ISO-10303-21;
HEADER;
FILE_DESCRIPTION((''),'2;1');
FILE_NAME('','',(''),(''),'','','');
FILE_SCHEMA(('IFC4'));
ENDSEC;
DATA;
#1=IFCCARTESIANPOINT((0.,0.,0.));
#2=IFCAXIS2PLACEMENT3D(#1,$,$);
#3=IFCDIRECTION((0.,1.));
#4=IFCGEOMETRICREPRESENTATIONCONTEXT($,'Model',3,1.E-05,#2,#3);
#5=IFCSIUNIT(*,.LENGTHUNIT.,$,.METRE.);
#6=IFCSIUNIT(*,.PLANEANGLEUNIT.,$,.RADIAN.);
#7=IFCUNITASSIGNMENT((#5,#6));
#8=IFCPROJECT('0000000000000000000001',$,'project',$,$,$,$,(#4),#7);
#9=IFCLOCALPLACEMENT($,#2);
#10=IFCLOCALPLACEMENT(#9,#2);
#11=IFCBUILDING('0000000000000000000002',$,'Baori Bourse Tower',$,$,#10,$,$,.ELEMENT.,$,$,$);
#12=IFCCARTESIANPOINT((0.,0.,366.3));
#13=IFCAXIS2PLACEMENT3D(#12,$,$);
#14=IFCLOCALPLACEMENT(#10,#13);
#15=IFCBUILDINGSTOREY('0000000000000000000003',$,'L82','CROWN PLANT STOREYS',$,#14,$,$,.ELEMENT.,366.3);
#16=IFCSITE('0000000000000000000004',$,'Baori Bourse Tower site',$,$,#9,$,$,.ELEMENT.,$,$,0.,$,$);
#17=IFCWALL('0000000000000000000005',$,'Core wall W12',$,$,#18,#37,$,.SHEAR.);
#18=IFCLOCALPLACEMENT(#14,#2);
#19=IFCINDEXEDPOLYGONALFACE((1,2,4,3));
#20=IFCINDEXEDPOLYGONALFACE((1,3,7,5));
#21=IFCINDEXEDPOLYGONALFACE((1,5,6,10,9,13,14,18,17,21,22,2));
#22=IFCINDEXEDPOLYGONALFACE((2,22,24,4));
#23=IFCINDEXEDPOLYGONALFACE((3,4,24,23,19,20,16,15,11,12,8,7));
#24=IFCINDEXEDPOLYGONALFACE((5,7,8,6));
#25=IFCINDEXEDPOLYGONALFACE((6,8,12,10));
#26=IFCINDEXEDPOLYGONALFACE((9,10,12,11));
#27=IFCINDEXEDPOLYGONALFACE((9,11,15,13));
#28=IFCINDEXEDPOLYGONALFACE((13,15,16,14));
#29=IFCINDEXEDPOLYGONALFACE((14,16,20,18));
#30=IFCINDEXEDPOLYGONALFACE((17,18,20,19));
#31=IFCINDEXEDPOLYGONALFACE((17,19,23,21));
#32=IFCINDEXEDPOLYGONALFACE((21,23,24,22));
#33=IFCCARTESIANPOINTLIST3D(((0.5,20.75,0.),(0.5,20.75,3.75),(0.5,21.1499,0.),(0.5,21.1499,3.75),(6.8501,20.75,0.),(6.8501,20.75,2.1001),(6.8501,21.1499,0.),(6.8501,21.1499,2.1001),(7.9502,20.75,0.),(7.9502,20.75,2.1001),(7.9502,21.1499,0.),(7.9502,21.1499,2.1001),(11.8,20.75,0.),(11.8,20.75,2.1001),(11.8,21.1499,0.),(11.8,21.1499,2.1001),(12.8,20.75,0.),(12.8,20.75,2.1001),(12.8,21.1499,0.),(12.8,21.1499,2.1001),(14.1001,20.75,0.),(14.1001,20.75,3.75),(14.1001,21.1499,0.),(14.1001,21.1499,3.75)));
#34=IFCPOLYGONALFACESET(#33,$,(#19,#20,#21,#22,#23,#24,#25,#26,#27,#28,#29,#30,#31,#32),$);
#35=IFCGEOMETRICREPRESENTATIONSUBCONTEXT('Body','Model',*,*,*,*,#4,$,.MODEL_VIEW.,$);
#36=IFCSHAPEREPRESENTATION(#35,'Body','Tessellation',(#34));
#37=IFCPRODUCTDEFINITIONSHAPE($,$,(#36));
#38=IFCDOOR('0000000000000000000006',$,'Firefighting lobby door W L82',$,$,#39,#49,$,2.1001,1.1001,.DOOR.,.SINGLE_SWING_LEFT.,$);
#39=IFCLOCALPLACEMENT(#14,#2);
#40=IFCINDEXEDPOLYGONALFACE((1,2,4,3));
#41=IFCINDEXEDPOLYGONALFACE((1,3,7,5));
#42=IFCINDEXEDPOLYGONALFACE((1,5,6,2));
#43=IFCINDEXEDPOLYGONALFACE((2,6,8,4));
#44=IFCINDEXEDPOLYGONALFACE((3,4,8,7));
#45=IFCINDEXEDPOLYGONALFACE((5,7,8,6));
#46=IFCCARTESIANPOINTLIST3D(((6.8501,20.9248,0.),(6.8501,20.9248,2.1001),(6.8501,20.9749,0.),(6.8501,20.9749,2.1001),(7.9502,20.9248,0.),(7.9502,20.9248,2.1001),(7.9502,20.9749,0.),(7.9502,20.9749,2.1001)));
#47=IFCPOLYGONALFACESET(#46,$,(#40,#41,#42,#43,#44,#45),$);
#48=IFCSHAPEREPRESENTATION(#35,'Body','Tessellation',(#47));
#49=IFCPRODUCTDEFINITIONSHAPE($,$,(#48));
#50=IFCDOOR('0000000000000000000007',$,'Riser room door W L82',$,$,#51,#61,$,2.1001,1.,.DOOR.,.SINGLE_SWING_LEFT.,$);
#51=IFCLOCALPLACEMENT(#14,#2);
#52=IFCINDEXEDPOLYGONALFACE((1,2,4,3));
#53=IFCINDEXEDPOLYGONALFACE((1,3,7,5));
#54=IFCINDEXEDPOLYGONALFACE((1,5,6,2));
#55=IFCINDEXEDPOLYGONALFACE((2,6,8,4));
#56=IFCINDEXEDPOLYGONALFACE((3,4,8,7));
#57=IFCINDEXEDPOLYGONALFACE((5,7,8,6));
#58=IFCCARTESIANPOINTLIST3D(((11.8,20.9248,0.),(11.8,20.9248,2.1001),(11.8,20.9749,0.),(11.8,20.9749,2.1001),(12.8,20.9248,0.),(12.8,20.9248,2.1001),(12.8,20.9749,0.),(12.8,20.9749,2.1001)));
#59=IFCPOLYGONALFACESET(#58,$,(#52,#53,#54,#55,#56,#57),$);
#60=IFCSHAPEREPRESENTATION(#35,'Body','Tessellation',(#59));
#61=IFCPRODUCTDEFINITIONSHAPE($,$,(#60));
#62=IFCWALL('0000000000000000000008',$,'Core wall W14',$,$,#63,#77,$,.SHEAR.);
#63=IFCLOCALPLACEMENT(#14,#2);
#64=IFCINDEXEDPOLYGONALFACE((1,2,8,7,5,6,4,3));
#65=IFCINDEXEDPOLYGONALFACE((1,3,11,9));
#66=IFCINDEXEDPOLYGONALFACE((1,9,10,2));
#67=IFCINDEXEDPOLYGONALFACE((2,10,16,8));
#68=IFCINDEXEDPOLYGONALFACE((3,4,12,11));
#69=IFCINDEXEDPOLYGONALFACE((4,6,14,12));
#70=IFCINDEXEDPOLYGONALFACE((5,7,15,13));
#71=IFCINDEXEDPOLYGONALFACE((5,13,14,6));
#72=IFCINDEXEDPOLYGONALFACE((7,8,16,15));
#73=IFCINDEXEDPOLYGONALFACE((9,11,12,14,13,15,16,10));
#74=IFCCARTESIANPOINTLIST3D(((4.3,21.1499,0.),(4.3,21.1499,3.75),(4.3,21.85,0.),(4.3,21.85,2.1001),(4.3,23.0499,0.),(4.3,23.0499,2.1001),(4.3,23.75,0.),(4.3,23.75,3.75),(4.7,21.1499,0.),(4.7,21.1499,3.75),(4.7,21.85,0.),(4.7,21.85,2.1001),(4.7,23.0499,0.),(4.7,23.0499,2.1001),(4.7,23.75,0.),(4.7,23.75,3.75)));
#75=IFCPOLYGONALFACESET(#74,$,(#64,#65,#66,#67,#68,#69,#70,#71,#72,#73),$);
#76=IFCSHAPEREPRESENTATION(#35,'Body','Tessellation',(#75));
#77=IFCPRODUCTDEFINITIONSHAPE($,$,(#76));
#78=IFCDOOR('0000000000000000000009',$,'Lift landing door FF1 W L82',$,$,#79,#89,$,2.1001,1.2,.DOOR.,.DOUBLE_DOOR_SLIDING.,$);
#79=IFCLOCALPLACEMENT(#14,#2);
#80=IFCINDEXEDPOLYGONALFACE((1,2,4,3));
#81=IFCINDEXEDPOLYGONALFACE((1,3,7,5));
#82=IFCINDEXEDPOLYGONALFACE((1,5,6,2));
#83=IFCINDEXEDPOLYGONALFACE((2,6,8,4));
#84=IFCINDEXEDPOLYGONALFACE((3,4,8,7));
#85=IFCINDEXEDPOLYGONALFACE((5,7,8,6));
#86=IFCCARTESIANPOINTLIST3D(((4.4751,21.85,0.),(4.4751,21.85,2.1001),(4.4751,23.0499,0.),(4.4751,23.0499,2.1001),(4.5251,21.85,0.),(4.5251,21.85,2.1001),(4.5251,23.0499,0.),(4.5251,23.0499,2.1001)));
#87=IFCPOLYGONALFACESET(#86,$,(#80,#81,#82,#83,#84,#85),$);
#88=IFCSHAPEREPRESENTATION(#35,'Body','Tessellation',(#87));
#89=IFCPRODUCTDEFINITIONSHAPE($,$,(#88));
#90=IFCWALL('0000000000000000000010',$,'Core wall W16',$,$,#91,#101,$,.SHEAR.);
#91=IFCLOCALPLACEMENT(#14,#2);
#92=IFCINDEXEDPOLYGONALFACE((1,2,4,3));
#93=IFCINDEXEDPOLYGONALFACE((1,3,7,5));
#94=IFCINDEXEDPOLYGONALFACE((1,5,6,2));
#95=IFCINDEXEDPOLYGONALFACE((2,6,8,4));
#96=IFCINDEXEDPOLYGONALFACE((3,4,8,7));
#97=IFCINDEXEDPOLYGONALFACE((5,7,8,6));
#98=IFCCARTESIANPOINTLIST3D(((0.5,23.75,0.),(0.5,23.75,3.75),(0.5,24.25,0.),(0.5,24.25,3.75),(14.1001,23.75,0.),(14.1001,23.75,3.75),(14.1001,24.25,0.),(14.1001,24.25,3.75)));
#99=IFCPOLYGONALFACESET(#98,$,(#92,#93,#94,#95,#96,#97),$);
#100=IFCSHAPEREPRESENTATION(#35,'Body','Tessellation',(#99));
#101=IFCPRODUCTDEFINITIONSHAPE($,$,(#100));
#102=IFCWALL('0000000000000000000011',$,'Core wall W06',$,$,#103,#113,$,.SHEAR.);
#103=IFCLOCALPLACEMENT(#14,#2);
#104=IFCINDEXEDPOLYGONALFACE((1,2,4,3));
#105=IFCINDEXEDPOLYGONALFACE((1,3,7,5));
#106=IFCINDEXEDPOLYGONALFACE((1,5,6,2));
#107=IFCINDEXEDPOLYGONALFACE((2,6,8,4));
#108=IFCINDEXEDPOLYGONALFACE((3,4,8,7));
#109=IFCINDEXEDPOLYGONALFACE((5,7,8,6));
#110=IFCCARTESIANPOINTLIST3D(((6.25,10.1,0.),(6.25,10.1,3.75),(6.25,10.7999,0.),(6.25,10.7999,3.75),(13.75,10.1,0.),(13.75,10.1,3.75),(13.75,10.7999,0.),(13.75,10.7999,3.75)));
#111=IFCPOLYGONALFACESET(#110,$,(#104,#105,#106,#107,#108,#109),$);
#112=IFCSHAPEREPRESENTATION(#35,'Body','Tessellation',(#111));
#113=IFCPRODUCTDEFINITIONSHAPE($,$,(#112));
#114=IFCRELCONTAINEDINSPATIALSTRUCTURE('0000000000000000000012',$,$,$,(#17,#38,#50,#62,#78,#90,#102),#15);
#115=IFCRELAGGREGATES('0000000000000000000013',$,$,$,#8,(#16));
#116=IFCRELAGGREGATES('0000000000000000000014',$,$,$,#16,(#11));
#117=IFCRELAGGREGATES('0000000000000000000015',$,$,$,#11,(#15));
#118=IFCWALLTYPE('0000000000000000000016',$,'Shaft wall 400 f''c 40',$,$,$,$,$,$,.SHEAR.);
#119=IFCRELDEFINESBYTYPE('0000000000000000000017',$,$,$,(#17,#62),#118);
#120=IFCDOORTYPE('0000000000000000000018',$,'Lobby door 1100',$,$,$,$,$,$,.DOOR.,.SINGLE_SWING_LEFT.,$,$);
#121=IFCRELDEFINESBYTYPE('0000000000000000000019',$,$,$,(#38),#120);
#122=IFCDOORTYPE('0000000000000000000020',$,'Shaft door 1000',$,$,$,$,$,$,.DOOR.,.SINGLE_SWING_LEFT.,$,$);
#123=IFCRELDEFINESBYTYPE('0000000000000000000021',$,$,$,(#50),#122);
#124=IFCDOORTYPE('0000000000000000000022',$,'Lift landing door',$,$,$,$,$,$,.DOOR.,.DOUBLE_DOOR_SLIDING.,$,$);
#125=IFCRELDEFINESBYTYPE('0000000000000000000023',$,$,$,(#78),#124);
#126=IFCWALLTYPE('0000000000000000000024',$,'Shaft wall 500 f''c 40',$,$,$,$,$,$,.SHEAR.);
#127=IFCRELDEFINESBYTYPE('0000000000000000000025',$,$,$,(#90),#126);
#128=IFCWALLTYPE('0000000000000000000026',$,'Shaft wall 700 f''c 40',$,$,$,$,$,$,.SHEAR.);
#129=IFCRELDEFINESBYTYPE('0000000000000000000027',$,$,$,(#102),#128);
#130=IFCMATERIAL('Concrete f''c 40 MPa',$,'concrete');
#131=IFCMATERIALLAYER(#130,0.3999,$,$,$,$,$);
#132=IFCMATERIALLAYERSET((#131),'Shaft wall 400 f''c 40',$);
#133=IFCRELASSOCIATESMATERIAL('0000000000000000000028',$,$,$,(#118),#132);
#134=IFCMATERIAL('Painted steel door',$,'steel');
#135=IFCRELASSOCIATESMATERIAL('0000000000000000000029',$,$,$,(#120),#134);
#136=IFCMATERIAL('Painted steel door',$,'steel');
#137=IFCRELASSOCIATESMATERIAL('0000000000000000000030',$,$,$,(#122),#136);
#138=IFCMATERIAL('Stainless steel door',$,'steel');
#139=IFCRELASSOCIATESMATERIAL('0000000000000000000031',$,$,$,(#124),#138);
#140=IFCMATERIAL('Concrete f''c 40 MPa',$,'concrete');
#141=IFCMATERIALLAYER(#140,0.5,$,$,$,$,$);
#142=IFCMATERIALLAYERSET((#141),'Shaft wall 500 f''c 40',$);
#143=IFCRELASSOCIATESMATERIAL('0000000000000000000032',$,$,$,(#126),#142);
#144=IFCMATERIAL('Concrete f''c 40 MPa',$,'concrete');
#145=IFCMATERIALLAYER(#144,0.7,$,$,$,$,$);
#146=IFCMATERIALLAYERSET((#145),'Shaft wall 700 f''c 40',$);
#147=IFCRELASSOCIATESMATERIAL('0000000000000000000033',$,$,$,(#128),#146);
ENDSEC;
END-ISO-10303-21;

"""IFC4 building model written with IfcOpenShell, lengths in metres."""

from ifc_helpers import new_model, si_unit, direction, frame, frame_2d, origin, place, context, subcontext, project, spatial, rectangle, extrude, material, layer, layer_set, type_object, element, fill, save


model = new_model("IFC4")

# Units and contexts
model_context = context("Model", 3, precision=1e-05, world=origin(), true_north=direction((0.0, 1.0)))
body_context = subcontext(model_context, "Body", "Model", "MODEL_VIEW")
ifc_project = project(units=[si_unit("LENGTHUNIT", "METRE"), si_unit("PLANEANGLEUNIT", "RADIAN")], contexts=[model_context])

# Site, building, storey
site_placement = place(None, origin())
site = spatial("IfcSite", under=ifc_project, at=site_placement, Name="Baori Bourse Tower site", CompositionType="ELEMENT", RefElevation=0.0)
building_placement = place(site_placement, origin())
building = spatial("IfcBuilding", under=site, at=building_placement, Name="Baori Bourse Tower", CompositionType="ELEMENT")
storey_placement = place(building_placement, frame((0.0, 0.0, 366.3)))
storey = spatial("IfcBuildingStorey", under=building, at=storey_placement, Name="L82", Description="CROWN PLANT STOREYS", CompositionType="ELEMENT", Elevation=366.3)

# Shared definitions
ifc_material_1 = material(Name="Concrete f'c 40 MPa", Category="concrete")
ifc_layer_1 = layer(ifc_material_1, 0.3999)
ifc_layer_set_1 = layer_set([ifc_layer_1], Name="Shaft wall 400 f'c 40")
wall_type_1 = type_object("IfcWallType", Name="Shaft wall 400 f'c 40", PredefinedType="SHEAR", material=ifc_layer_set_1)

# Wall, openings, doors
wall_1_placement = place(storey_placement, frame((0.5, 20.95, 0.0), z_axis=(0.0, 0.0, 1.0), x_axis=(1.0, 0.0, 0.0)))
wall_1 = element("IfcWall", 1, at=wall_1_placement, inside=storey, type_object=wall_type_1, Name="Core wall W12", PredefinedType="SHEAR", context=body_context, shape_type="SweptSolid", body=[
    extrude(rectangle(XDim=13.6001, YDim=0.3999, at=frame_2d((6.8, 0.0))), origin(), (0.0, 0.0, 1.0), 3.75),
])
opening_1_placement = place(wall_1_placement, frame((6.3501, 0.0, 0.0)))
opening_1 = element("IfcOpeningElement", 2, at=opening_1_placement, cuts=wall_1, PredefinedType="OPENING", context=body_context, shape_type="SweptSolid", body=[
    extrude(rectangle(XDim=1.1001, YDim=2.1001, at=frame_2d((0.55, 1.05))), frame((0.0, 0.21, 0.0), z_axis=(0.0, -1.0, 0.0), x_axis=(1.0, 0.0, 0.0)), (0.0, 0.0, 1.0), 0.4199),
])
opening_2_placement = place(wall_1_placement, frame((11.3, 0.0, 0.0)))
opening_2 = element("IfcOpeningElement", 3, at=opening_2_placement, cuts=wall_1, PredefinedType="OPENING", context=body_context, shape_type="SweptSolid", body=[
    extrude(rectangle(XDim=1.0, YDim=2.1001, at=frame_2d((0.5, 1.05))), frame((0.0, 0.21, 0.0), z_axis=(0.0, -1.0, 0.0), x_axis=(1.0, 0.0, 0.0)), (0.0, 0.0, 1.0), 0.4199),
])
ifc_material_2 = material(Name="Painted steel door", Category="steel")
door_type_1 = type_object("IfcDoorType", Name="Lobby door 1100", OperationType="SINGLE_SWING_LEFT", PredefinedType="DOOR", material=ifc_material_2)
door_1_placement = place(opening_1_placement, origin())
door_1 = element("IfcDoor", 4, at=door_1_placement, inside=storey, type_object=door_type_1, Name="Firefighting lobby door W L82", OperationType="SINGLE_SWING_LEFT", OverallHeight=2.1001, OverallWidth=1.1001, PredefinedType="DOOR", context=body_context, shape_type="SweptSolid", body=[
    extrude(rectangle(XDim=1.1001, YDim=2.1001, at=frame_2d((0.55, 1.05))), frame((0.0, 0.0249, 0.0), z_axis=(0.0, -1.0, 0.0), x_axis=(1.0, 0.0, 0.0)), (0.0, 0.0, 1.0), 0.05),
])
fill(opening_1, door_1)
ifc_material_3 = material(Name="Painted steel door", Category="steel")
door_type_2 = type_object("IfcDoorType", Name="Shaft door 1000", OperationType="SINGLE_SWING_LEFT", PredefinedType="DOOR", material=ifc_material_3)
door_2_placement = place(opening_2_placement, origin())
door_2 = element("IfcDoor", 5, at=door_2_placement, inside=storey, type_object=door_type_2, Name="Riser room door W L82", OperationType="SINGLE_SWING_LEFT", OverallHeight=2.1001, OverallWidth=1.0, PredefinedType="DOOR", context=body_context, shape_type="SweptSolid", body=[
    extrude(rectangle(XDim=1.0, YDim=2.1001, at=frame_2d((0.5, 1.05))), frame((0.0, 0.0249, 0.0), z_axis=(0.0, -1.0, 0.0), x_axis=(1.0, 0.0, 0.0)), (0.0, 0.0, 1.0), 0.05),
])
fill(opening_2, door_2)

# Wall, opening, door
wall_2_placement = place(storey_placement, frame((4.5, 21.1499, 0.0), z_axis=(0.0, 0.0, 1.0), x_axis=(0.0, 1.0, 0.0)))
wall_2 = element("IfcWall", 6, at=wall_2_placement, inside=storey, type_object=wall_type_1, Name="Core wall W14", PredefinedType="SHEAR", context=body_context, shape_type="SweptSolid", body=[
    extrude(rectangle(XDim=2.6001, YDim=0.3999, at=frame_2d((1.3, 0.0))), origin(), (0.0, 0.0, 1.0), 3.75),
])
opening_3_placement = place(wall_2_placement, frame((0.7, 0.0, 0.0)))
opening_3 = element("IfcOpeningElement", 7, at=opening_3_placement, cuts=wall_2, PredefinedType="OPENING", context=body_context, shape_type="SweptSolid", body=[
    extrude(rectangle(XDim=1.2, YDim=2.1001, at=frame_2d((0.6001, 1.05))), frame((0.0, 0.21, 0.0), z_axis=(0.0, -1.0, 0.0), x_axis=(1.0, 0.0, 0.0)), (0.0, 0.0, 1.0), 0.4199),
])
ifc_material_4 = material(Name="Stainless steel door", Category="steel")
door_type_3 = type_object("IfcDoorType", Name="Lift landing door", OperationType="DOUBLE_DOOR_SLIDING", PredefinedType="DOOR", material=ifc_material_4)
door_3_placement = place(opening_3_placement, origin())
door_3 = element("IfcDoor", 8, at=door_3_placement, inside=storey, type_object=door_type_3, Name="Lift landing door FF1 W L82", OperationType="DOUBLE_DOOR_SLIDING", OverallHeight=2.1001, OverallWidth=1.2, PredefinedType="DOOR", context=body_context, shape_type="SweptSolid", body=[
    extrude(rectangle(XDim=1.2, YDim=2.1001, at=frame_2d((0.6001, 1.05))), frame((0.0, 0.0249, 0.0), z_axis=(0.0, -1.0, 0.0), x_axis=(1.0, 0.0, 0.0)), (0.0, 0.0, 1.0), 0.05),
])
fill(opening_3, door_3)

# Walls
ifc_material_5 = material(Name="Concrete f'c 40 MPa", Category="concrete")
ifc_layer_2 = layer(ifc_material_5, 0.5)
ifc_layer_set_2 = layer_set([ifc_layer_2], Name="Shaft wall 500 f'c 40")
wall_type_2 = type_object("IfcWallType", Name="Shaft wall 500 f'c 40", PredefinedType="SHEAR", material=ifc_layer_set_2)
wall_3_placement = place(storey_placement, frame((0.5, 24.0, 0.0), z_axis=(0.0, 0.0, 1.0), x_axis=(1.0, 0.0, 0.0)))
element("IfcWall", 9, at=wall_3_placement, inside=storey, type_object=wall_type_2, Name="Core wall W16", PredefinedType="SHEAR", context=body_context, shape_type="SweptSolid", body=[
    extrude(rectangle(XDim=13.6001, YDim=0.5, at=frame_2d((6.8, 0.0))), origin(), (0.0, 0.0, 1.0), 3.75),
])
ifc_material_6 = material(Name="Concrete f'c 40 MPa", Category="concrete")
ifc_layer_3 = layer(ifc_material_6, 0.7)
ifc_layer_set_3 = layer_set([ifc_layer_3], Name="Shaft wall 700 f'c 40")
wall_type_3 = type_object("IfcWallType", Name="Shaft wall 700 f'c 40", PredefinedType="SHEAR", material=ifc_layer_set_3)
wall_4_placement = place(storey_placement, frame((6.25, 10.45, 0.0), z_axis=(0.0, 0.0, 1.0), x_axis=(1.0, 0.0, 0.0)))
element("IfcWall", 10, at=wall_4_placement, inside=storey, type_object=wall_type_3, Name="Core wall W06", PredefinedType="SHEAR", context=body_context, shape_type="SweptSolid", body=[
    extrude(rectangle(XDim=7.5, YDim=0.7, at=frame_2d((3.75, 0.0))), origin(), (0.0, 0.0, 1.0), 3.75),
])

save(model, "model.ifc")
